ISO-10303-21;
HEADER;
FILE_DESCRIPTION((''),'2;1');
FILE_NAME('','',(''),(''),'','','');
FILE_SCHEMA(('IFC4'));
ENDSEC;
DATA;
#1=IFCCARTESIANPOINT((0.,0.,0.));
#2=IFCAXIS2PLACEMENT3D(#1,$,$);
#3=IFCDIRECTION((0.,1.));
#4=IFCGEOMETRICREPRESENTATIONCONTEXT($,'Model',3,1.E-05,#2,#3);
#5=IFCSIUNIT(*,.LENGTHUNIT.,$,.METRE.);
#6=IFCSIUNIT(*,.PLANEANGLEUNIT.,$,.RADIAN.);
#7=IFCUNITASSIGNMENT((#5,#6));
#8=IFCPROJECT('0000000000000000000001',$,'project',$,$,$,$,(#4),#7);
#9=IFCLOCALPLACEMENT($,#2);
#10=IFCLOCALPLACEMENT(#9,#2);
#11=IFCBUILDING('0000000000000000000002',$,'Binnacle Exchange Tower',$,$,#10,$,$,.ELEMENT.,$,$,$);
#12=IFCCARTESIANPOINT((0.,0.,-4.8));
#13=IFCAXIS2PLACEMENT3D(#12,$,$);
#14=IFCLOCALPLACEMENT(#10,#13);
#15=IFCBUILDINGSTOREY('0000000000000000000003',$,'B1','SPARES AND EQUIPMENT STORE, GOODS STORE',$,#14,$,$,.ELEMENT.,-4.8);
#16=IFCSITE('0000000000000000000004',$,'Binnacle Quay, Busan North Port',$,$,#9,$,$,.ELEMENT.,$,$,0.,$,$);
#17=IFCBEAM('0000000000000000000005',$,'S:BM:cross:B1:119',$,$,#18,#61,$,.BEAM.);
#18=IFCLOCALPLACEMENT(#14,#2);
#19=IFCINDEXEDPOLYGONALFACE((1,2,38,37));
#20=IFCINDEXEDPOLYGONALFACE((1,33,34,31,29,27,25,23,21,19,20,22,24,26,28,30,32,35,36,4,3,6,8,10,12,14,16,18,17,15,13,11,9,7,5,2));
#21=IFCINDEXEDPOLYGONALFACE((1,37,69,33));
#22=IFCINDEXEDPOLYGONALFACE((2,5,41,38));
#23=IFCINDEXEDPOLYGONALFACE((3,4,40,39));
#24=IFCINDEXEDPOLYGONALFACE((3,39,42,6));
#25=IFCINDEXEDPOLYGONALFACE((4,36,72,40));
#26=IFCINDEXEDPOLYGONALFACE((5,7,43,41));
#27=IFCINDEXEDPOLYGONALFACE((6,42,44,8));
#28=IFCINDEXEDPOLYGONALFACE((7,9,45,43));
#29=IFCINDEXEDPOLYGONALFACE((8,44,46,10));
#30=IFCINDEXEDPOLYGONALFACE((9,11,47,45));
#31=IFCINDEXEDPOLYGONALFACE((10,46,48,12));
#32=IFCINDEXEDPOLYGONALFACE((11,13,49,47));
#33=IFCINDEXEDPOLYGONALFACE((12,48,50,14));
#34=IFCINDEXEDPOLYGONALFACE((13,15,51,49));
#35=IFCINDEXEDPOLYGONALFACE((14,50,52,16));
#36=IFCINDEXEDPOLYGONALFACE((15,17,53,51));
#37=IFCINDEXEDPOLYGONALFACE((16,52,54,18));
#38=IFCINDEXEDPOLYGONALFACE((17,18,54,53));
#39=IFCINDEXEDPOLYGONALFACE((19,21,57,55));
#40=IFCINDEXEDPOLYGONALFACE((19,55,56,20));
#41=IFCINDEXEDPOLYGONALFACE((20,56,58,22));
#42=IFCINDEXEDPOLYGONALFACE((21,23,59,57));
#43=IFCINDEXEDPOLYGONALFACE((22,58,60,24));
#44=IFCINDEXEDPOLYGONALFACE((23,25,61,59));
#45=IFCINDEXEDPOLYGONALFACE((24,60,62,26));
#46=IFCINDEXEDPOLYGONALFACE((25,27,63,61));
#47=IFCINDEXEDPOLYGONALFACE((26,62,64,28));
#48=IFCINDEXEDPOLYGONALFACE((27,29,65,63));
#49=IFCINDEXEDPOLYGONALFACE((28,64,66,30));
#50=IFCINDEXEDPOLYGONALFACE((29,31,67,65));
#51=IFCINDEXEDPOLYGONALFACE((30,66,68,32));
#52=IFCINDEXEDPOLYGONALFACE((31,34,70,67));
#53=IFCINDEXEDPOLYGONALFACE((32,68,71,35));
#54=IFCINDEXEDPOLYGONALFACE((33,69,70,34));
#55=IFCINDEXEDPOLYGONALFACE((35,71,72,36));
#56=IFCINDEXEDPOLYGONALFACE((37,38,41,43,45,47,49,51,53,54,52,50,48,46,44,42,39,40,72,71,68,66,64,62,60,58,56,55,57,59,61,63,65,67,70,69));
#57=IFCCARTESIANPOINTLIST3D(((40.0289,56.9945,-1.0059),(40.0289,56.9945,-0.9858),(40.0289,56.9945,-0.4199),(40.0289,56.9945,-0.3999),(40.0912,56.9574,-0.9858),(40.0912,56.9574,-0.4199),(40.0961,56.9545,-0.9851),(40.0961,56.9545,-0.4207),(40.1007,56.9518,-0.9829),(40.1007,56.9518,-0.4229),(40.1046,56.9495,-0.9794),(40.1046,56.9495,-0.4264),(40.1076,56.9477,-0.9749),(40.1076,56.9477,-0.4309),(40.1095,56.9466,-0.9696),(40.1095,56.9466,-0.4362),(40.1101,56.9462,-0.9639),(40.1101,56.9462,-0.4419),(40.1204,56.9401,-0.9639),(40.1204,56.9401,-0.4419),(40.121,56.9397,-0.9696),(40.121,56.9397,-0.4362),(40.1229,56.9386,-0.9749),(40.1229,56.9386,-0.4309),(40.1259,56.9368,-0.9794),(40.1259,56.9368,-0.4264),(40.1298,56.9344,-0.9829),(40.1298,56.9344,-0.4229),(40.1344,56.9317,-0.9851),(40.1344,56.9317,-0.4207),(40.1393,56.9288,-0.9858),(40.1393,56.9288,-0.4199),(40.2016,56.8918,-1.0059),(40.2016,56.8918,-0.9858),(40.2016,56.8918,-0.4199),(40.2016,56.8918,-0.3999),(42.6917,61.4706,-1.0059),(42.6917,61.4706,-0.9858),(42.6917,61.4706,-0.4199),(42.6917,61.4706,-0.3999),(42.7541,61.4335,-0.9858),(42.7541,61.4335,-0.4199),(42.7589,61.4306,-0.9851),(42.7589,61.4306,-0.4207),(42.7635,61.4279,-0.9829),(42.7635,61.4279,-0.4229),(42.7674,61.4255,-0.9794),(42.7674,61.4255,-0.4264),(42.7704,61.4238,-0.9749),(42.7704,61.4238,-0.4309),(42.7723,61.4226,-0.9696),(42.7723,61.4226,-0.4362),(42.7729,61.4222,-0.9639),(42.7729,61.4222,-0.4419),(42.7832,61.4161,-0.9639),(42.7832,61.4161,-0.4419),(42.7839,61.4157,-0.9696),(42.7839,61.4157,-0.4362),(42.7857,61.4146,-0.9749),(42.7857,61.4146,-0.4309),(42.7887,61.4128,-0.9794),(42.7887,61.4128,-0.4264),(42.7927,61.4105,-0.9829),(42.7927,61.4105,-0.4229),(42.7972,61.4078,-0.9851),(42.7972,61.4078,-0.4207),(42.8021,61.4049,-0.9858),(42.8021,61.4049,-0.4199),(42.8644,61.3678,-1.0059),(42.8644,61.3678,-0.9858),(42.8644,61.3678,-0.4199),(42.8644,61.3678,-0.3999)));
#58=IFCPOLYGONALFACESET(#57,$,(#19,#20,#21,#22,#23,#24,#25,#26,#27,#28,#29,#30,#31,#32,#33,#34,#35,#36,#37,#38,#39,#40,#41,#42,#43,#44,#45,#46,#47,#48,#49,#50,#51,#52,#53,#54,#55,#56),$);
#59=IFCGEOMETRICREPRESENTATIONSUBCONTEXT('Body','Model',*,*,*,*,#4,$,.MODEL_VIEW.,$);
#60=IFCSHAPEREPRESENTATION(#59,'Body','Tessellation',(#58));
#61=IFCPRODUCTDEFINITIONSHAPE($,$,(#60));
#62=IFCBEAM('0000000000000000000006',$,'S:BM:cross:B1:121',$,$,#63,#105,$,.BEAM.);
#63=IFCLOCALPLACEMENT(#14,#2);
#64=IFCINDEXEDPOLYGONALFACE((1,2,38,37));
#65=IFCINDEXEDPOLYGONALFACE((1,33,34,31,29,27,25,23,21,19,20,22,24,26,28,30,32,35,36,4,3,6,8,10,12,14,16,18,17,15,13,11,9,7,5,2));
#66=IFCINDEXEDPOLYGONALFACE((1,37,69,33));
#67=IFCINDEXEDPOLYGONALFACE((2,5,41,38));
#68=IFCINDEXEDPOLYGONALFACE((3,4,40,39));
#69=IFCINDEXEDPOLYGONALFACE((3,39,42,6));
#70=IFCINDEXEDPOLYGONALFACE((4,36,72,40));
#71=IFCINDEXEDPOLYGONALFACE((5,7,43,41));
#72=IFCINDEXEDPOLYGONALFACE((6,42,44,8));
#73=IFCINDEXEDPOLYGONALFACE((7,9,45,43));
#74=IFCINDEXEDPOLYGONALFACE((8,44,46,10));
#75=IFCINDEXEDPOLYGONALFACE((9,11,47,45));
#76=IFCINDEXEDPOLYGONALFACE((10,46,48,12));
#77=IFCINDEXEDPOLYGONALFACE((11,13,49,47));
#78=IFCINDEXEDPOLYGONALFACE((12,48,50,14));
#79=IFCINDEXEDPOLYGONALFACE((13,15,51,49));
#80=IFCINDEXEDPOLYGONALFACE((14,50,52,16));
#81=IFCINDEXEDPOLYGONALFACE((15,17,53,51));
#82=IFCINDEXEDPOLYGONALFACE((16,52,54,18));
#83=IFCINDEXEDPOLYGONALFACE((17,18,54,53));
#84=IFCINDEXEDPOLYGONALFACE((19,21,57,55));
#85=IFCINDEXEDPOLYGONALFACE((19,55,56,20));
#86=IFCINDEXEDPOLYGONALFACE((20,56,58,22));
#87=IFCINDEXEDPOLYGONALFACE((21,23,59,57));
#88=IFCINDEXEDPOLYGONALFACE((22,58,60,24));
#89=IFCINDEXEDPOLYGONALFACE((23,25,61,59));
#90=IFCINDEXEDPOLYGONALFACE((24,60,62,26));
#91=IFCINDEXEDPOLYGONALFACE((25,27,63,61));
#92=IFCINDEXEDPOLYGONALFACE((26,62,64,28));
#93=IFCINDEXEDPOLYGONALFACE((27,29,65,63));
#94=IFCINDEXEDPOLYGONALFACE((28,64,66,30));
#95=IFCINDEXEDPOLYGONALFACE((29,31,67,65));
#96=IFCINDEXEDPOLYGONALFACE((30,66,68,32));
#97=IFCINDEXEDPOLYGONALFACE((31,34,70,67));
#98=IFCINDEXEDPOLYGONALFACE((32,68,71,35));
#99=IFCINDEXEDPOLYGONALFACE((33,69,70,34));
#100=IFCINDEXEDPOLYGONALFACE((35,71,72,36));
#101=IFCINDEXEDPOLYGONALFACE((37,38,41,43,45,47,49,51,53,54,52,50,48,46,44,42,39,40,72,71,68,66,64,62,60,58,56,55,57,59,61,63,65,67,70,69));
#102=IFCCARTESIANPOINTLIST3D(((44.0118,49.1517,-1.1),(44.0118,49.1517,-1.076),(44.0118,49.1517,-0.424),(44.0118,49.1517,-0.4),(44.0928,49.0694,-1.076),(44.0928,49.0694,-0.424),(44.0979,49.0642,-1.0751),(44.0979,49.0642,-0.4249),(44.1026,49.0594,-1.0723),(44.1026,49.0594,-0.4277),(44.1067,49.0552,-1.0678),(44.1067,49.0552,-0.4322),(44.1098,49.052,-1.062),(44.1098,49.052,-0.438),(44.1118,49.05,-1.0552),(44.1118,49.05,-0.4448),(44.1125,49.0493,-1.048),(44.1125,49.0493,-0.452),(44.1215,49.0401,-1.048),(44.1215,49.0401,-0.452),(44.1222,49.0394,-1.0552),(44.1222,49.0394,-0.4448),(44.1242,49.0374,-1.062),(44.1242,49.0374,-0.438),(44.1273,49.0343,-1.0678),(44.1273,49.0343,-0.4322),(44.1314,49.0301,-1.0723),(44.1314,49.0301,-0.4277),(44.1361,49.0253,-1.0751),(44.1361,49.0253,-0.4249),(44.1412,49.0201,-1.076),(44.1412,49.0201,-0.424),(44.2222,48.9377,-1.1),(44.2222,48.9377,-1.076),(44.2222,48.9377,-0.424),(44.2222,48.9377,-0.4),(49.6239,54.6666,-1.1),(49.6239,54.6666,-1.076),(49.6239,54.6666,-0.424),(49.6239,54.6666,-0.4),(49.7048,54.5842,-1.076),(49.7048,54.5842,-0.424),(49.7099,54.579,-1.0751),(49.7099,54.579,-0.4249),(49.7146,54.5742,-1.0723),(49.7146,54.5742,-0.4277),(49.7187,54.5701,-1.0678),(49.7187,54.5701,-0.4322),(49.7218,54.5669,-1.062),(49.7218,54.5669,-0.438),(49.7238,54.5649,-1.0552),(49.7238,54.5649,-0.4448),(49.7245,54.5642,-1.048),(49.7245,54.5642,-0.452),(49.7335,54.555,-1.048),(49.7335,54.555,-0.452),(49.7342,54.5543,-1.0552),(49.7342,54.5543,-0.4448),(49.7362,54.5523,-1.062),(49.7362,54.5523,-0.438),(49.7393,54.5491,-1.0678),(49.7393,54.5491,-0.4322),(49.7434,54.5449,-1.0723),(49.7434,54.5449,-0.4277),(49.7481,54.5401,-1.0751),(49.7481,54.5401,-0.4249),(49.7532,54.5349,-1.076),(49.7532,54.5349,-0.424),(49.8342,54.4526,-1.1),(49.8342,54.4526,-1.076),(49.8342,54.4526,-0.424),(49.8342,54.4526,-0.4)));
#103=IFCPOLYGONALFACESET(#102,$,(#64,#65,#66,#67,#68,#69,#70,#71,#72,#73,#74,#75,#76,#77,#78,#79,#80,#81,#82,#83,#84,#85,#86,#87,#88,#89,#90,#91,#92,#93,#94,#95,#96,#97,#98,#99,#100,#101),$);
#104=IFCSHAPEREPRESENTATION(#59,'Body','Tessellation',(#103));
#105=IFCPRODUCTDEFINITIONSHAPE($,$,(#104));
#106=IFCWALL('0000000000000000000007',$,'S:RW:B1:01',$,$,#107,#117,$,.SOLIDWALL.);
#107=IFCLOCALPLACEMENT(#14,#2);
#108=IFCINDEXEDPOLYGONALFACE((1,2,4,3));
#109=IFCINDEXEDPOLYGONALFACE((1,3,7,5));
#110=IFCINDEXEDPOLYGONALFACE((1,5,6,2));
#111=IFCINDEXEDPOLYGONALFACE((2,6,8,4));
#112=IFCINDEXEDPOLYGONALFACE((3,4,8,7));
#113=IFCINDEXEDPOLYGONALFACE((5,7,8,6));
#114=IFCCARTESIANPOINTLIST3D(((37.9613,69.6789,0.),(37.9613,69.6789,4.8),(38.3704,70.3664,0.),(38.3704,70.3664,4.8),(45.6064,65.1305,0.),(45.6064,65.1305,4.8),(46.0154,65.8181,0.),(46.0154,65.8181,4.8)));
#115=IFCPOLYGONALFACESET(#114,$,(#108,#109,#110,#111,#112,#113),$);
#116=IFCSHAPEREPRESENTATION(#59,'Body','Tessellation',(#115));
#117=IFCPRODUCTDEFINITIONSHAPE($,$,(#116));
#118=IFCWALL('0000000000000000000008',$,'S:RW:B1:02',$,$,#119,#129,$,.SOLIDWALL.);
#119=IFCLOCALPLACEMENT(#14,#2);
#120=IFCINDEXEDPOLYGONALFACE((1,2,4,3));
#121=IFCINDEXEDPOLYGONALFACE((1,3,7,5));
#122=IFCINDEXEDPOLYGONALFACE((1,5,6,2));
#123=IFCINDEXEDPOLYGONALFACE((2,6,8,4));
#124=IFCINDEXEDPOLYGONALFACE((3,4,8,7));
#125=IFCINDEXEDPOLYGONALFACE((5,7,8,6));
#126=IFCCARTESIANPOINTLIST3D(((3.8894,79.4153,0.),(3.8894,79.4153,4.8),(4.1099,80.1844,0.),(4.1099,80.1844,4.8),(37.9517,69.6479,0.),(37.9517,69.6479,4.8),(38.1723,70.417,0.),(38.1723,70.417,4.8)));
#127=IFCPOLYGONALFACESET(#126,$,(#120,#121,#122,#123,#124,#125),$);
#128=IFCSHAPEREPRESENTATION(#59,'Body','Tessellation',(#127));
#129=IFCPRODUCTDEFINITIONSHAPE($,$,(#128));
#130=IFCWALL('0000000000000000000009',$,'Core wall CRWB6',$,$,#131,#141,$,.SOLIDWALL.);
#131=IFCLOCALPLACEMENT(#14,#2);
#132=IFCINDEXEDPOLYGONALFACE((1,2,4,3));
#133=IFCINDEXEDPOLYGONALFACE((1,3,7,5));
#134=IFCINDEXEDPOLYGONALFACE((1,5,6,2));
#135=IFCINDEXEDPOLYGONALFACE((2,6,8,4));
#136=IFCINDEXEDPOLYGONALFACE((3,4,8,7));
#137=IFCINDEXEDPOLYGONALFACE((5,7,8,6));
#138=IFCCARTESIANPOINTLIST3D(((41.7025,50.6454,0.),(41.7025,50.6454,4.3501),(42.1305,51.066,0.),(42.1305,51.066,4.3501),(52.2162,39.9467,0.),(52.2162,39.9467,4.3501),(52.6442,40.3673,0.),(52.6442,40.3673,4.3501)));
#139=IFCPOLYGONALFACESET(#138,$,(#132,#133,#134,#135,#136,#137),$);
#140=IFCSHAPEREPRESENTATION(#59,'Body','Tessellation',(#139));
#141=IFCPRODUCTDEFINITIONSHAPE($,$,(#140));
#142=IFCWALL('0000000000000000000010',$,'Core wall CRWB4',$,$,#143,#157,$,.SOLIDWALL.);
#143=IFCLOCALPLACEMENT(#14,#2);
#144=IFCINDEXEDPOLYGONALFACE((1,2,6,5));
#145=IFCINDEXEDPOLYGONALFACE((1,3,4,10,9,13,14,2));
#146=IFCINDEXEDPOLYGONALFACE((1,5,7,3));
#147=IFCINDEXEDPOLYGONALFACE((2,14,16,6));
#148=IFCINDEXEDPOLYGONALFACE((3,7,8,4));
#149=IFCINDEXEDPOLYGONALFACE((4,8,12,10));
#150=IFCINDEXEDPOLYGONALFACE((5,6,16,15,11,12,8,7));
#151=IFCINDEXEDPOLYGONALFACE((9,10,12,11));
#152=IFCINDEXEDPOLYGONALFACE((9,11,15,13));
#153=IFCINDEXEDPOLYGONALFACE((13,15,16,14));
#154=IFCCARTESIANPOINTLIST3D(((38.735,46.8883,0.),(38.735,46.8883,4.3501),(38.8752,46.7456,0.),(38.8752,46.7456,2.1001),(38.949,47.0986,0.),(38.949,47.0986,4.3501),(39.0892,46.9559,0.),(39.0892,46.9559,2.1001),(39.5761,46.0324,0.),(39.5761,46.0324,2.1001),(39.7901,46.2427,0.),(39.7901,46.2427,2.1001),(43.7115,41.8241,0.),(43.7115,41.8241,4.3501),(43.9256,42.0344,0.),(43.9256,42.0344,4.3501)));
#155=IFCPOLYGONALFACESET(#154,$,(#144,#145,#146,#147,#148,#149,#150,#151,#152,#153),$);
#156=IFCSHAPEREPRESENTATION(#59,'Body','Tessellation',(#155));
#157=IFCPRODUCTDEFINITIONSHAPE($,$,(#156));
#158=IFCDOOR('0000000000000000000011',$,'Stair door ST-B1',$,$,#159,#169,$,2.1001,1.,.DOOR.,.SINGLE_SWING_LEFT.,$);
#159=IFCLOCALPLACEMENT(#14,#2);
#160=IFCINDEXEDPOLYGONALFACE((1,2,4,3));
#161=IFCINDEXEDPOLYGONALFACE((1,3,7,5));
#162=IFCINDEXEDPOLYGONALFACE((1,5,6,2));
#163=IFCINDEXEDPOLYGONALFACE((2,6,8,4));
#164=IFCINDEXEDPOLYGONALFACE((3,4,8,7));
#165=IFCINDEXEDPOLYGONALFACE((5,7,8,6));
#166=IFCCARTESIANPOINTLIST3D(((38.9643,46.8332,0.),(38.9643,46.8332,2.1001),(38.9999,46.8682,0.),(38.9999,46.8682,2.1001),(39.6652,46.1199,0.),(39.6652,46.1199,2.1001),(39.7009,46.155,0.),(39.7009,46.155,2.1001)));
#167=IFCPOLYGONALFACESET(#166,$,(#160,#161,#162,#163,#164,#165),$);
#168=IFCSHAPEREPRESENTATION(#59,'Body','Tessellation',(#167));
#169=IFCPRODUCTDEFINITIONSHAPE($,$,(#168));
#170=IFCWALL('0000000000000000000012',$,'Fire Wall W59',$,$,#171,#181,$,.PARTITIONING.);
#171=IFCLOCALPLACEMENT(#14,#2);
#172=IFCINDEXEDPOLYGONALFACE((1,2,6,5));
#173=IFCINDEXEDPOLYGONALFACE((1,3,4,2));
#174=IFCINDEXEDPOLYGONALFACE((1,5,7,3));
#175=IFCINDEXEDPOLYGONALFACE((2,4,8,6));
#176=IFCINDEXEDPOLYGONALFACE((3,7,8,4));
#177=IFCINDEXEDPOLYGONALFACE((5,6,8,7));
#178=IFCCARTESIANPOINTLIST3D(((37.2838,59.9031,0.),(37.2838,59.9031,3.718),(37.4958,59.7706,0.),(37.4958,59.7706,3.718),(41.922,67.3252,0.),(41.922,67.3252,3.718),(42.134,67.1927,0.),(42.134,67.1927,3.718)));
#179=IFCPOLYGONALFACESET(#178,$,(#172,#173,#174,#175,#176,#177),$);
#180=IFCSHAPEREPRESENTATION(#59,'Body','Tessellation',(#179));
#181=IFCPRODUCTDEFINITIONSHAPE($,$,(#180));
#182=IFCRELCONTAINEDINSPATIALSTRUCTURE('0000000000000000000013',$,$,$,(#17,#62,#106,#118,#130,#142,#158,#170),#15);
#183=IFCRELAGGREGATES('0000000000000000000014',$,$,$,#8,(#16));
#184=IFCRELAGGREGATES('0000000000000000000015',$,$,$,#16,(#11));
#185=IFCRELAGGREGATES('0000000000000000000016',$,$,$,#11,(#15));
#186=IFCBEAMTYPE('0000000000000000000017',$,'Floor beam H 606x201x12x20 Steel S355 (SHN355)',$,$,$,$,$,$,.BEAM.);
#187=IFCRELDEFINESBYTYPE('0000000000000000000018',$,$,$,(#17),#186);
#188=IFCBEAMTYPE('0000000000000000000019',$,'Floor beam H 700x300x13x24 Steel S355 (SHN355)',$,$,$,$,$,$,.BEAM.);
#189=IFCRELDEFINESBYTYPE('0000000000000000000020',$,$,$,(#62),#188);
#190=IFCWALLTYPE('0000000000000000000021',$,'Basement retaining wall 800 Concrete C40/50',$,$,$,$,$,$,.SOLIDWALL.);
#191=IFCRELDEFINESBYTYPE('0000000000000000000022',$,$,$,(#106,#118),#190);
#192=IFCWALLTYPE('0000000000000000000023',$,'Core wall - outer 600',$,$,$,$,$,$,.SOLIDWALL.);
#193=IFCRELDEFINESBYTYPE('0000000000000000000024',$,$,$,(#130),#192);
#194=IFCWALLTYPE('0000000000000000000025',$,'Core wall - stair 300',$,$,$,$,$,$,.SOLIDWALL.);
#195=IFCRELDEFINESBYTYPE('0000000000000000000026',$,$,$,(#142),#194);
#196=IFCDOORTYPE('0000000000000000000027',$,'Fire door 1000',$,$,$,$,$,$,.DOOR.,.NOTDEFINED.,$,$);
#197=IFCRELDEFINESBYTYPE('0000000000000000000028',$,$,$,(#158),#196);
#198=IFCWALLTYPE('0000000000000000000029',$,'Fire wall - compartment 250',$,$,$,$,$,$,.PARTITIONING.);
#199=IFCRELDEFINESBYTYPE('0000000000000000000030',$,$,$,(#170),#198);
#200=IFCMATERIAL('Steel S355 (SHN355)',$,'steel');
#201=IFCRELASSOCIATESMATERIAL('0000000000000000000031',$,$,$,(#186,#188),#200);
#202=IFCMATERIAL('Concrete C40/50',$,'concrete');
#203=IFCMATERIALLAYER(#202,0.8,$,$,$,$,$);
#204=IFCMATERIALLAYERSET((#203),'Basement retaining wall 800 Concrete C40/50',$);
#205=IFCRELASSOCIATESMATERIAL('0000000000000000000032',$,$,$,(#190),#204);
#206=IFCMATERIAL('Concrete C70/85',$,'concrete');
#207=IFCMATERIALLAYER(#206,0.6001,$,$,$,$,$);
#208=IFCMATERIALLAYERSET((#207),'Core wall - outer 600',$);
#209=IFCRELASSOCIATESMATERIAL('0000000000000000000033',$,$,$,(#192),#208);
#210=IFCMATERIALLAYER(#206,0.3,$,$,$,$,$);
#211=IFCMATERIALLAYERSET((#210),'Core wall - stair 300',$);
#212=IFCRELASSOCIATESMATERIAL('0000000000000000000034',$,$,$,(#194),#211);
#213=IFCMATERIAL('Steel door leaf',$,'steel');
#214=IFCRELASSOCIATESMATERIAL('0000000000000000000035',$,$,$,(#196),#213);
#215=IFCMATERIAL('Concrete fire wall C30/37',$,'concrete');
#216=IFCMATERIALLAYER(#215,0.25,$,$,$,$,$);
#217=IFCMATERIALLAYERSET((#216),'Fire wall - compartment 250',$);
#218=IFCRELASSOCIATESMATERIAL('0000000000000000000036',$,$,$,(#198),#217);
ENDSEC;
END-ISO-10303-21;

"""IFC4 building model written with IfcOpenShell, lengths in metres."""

from ifc_helpers import new_model, si_unit, direction, frame, frame_2d, origin, origin_2d, place, context, subcontext, project, spatial, rectangle, i_section, extrude, material, layer, layer_set, material_profile, profile_set, type_object, element, fill, save


model = new_model("IFC4")

# Units and contexts
model_context = context("Model", 3, precision=1e-05, world=origin(), true_north=direction((0.0, 1.0)))
body_context = subcontext(model_context, "Body", "Model", "MODEL_VIEW")
ifc_project = project(units=[si_unit("LENGTHUNIT", "METRE"), si_unit("PLANEANGLEUNIT", "RADIAN")], contexts=[model_context])

# Site, building, storey
site_placement = place(None, origin())
site = spatial("IfcSite", under=ifc_project, at=site_placement, Name="Binnacle Quay, Busan North Port", CompositionType="ELEMENT", RefElevation=0.0)
building_placement = place(site_placement, origin())
building = spatial("IfcBuilding", under=site, at=building_placement, Name="Binnacle Exchange Tower", CompositionType="ELEMENT")
storey_placement = place(building_placement, frame((0.0, 0.0, -4.8)))
storey = spatial("IfcBuildingStorey", under=building, at=storey_placement, Name="B1", Description="SPARES AND EQUIPMENT STORE, GOODS STORE", CompositionType="ELEMENT", Elevation=-4.8)

# Shared definitions
ifc_material_1 = material(Name="Concrete C70/85", Category="concrete")

# Beams
ifc_material_2 = material(Name="Steel S355 (SHN355)", Category="steel")
ifc_material_profile_1 = material_profile(ifc_material_2, i_section(OverallWidth=0.2009, OverallDepth=0.606, WebThickness=0.012, FlangeThickness=0.02, FilletRadius=0.022, at=origin_2d()), Name="H 606x201x12x20")
ifc_profile_set_1 = profile_set([ifc_material_profile_1], Name="Steel S355 (SHN355)")
beam_type_1 = type_object("IfcBeamType", Name="Floor beam H 606x201x12x20 Steel S355 (SHN355)", PredefinedType="BEAM", material=ifc_profile_set_1)
beam_1_placement = place(storey_placement, frame((42.7781, 61.4192, -0.7029), z_axis=(-0.511273, -0.859418, 0.0), x_axis=(0.859418, -0.511273, 0.0)))
element("IfcBeam", 1, at=beam_1_placement, inside=storey, type_object=beam_type_1, Name="S:BM:cross:B1:119", PredefinedType="BEAM", context=body_context, shape_type="SweptSolid", body=[
    extrude(i_section(OverallWidth=0.2009, OverallDepth=0.606, WebThickness=0.012, FlangeThickness=0.02, FilletRadius=0.022, at=origin_2d()), origin(), (0.0, 0.0, 1.0), 5.2083),
])
ifc_material_profile_2 = material_profile(ifc_material_2, i_section(OverallWidth=0.3, OverallDepth=0.7, WebThickness=0.0129, FlangeThickness=0.0239, FilletRadius=0.0281, at=origin_2d()), Name="H 700x300x13x24")
ifc_profile_set_2 = profile_set([ifc_material_profile_2], Name="Steel S355 (SHN355)")
beam_type_2 = type_object("IfcBeamType", Name="Floor beam H 700x300x13x24 Steel S355 (SHN355)", PredefinedType="BEAM", material=ifc_profile_set_2)
beam_2_placement = place(storey_placement, frame((49.729, 54.5596, -0.75), z_axis=(-0.713255, -0.700905, 0.0), x_axis=(0.700905, -0.713255, 0.0)))
element("IfcBeam", 2, at=beam_2_placement, inside=storey, type_object=beam_type_2, Name="S:BM:cross:B1:121", PredefinedType="BEAM", context=body_context, shape_type="SweptSolid", body=[
    extrude(i_section(OverallWidth=0.3, OverallDepth=0.7, WebThickness=0.0129, FlangeThickness=0.0239, FilletRadius=0.0281, at=origin_2d()), origin(), (0.0, 0.0, 1.0), 7.8682),
])

# Walls
ifc_material_3 = material(Name="Concrete C40/50", Category="concrete")
ifc_layer_1 = layer(ifc_material_3, 0.8)
ifc_layer_set_1 = layer_set([ifc_layer_1], Name="Basement retaining wall 800 Concrete C40/50")
wall_type_1 = type_object("IfcWallType", Name="Basement retaining wall 800 Concrete C40/50", PredefinedType="SOLIDWALL", material=ifc_layer_set_1)
wall_1_placement = place(storey_placement, frame((45.8108, 65.4744, 0.0), z_axis=(0.0, 0.0, 1.0), x_axis=(-0.859405, 0.511296, 0.0)))
element("IfcWall", 3, at=wall_1_placement, inside=storey, type_object=wall_type_1, Name="S:RW:B1:01", PredefinedType="SOLIDWALL", context=body_context, shape_type="SweptSolid", body=[
    extrude(rectangle(XDim=8.8958, YDim=0.8, at=frame_2d((4.4478, 0.0))), origin(), (0.0, 0.0, 1.0), 4.8),
])
wall_2_placement = place(storey_placement, frame((38.062, 70.0325, 0.0), z_axis=(0.0, 0.0, 1.0), x_axis=(-0.961261, 0.275641, 0.0)))
element("IfcWall", 4, at=wall_2_placement, inside=storey, type_object=wall_type_1, Name="S:RW:B1:02", PredefinedType="SOLIDWALL", context=body_context, shape_type="SweptSolid", body=[
    extrude(rectangle(XDim=35.4351, YDim=0.8, at=frame_2d((17.7175, 0.0))), origin(), (0.0, 0.0, 1.0), 4.8),
])
ifc_layer_2 = layer(ifc_material_1, 0.6001)
ifc_layer_set_2 = layer_set([ifc_layer_2], Name="Core wall - outer 600")
wall_type_2 = type_object("IfcWallType", Name="Core wall - outer 600", PredefinedType="SOLIDWALL", material=ifc_layer_set_2)
wall_3_placement = place(storey_placement, frame((41.9165, 50.8557, 0.0), z_axis=(0.0, 0.0, 1.0), x_axis=(0.700911, -0.713248, 0.0)))
element("IfcWall", 5, at=wall_3_placement, inside=storey, type_object=wall_type_2, Name="Core wall CRWB6", PredefinedType="SOLIDWALL", context=body_context, shape_type="SweptSolid", body=[
    extrude(rectangle(XDim=15.0, YDim=0.6001, at=frame_2d((7.5, 0.0))), origin(), (0.0, 0.0, 1.0), 4.3501),
])

# Wall, opening, door
ifc_layer_3 = layer(ifc_material_1, 0.3)
ifc_layer_set_3 = layer_set([ifc_layer_3], Name="Core wall - stair 300")
wall_type_3 = type_object("IfcWallType", Name="Core wall - stair 300", PredefinedType="SOLIDWALL", material=ifc_layer_set_3)
wall_4_placement = place(storey_placement, frame((38.842, 46.9934, 0.0), z_axis=(0.0, 0.0, 1.0), x_axis=(0.700908, -0.713252, 0.0)))
wall_4 = element("IfcWall", 6, at=wall_4_placement, inside=storey, type_object=wall_type_3, Name="Core wall CRWB4", PredefinedType="SOLIDWALL", context=body_context, shape_type="SweptSolid", body=[
    extrude(rectangle(XDim=7.1001, YDim=0.3, at=frame_2d((3.55, 0.0))), origin(), (0.0, 0.0, 1.0), 4.3501),
])
opening_placement = place(wall_4_placement, frame((0.2, 0.0, 0.0)))
opening = element("IfcOpeningElement", 7, at=opening_placement, cuts=wall_4, PredefinedType="OPENING", context=body_context, shape_type="SweptSolid", body=[
    extrude(rectangle(XDim=1.0, YDim=2.1001, at=frame_2d((0.5, 1.05))), frame((0.0, 0.1599, 0.0), z_axis=(0.0, -1.0, 0.0), x_axis=(1.0, 0.0, 0.0)), (0.0, 0.0, 1.0), 0.3201),
])
ifc_material_4 = material(Name="Steel door leaf", Category="steel")
door_type = type_object("IfcDoorType", Name="Fire door 1000", OperationType="NOTDEFINED", PredefinedType="DOOR", material=ifc_material_4)
door_placement = place(opening_placement, origin())
door = element("IfcDoor", 8, at=door_placement, inside=storey, type_object=door_type, Name="Stair door ST-B1", OperationType="SINGLE_SWING_LEFT", OverallHeight=2.1001, OverallWidth=1.0, PredefinedType="DOOR", context=body_context, shape_type="SweptSolid", body=[
    extrude(rectangle(XDim=1.0, YDim=2.1001, at=frame_2d((0.5, 1.05))), frame((0.0, 0.0249, 0.0), z_axis=(0.0, -1.0, 0.0), x_axis=(1.0, 0.0, 0.0)), (0.0, 0.0, 1.0), 0.05),
])
fill(opening, door)

# Wall
ifc_material_5 = material(Name="Concrete fire wall C30/37", Category="concrete")
ifc_layer_4 = layer(ifc_material_5, 0.25)
ifc_layer_set_4 = layer_set([ifc_layer_4], Name="Fire wall - compartment 250")
wall_type_4 = type_object("IfcWallType", Name="Fire wall - compartment 250", PredefinedType="PARTITIONING", material=ifc_layer_set_4)
wall_5_placement = place(storey_placement, frame((37.3899, 59.8369, 0.0), z_axis=(0.0, 0.0, 1.0), x_axis=(0.529946, 0.848031, 0.0)))
element("IfcWall", 9, at=wall_5_placement, inside=storey, type_object=wall_type_4, Name="Fire Wall W59", PredefinedType="PARTITIONING", context=body_context, shape_type="SweptSolid", body=[
    extrude(rectangle(XDim=8.7522, YDim=0.25, at=frame_2d((4.376, 0.0))), origin(), (0.0, 0.0, 1.0), 3.718),
])

save(model, "model.ifc")
